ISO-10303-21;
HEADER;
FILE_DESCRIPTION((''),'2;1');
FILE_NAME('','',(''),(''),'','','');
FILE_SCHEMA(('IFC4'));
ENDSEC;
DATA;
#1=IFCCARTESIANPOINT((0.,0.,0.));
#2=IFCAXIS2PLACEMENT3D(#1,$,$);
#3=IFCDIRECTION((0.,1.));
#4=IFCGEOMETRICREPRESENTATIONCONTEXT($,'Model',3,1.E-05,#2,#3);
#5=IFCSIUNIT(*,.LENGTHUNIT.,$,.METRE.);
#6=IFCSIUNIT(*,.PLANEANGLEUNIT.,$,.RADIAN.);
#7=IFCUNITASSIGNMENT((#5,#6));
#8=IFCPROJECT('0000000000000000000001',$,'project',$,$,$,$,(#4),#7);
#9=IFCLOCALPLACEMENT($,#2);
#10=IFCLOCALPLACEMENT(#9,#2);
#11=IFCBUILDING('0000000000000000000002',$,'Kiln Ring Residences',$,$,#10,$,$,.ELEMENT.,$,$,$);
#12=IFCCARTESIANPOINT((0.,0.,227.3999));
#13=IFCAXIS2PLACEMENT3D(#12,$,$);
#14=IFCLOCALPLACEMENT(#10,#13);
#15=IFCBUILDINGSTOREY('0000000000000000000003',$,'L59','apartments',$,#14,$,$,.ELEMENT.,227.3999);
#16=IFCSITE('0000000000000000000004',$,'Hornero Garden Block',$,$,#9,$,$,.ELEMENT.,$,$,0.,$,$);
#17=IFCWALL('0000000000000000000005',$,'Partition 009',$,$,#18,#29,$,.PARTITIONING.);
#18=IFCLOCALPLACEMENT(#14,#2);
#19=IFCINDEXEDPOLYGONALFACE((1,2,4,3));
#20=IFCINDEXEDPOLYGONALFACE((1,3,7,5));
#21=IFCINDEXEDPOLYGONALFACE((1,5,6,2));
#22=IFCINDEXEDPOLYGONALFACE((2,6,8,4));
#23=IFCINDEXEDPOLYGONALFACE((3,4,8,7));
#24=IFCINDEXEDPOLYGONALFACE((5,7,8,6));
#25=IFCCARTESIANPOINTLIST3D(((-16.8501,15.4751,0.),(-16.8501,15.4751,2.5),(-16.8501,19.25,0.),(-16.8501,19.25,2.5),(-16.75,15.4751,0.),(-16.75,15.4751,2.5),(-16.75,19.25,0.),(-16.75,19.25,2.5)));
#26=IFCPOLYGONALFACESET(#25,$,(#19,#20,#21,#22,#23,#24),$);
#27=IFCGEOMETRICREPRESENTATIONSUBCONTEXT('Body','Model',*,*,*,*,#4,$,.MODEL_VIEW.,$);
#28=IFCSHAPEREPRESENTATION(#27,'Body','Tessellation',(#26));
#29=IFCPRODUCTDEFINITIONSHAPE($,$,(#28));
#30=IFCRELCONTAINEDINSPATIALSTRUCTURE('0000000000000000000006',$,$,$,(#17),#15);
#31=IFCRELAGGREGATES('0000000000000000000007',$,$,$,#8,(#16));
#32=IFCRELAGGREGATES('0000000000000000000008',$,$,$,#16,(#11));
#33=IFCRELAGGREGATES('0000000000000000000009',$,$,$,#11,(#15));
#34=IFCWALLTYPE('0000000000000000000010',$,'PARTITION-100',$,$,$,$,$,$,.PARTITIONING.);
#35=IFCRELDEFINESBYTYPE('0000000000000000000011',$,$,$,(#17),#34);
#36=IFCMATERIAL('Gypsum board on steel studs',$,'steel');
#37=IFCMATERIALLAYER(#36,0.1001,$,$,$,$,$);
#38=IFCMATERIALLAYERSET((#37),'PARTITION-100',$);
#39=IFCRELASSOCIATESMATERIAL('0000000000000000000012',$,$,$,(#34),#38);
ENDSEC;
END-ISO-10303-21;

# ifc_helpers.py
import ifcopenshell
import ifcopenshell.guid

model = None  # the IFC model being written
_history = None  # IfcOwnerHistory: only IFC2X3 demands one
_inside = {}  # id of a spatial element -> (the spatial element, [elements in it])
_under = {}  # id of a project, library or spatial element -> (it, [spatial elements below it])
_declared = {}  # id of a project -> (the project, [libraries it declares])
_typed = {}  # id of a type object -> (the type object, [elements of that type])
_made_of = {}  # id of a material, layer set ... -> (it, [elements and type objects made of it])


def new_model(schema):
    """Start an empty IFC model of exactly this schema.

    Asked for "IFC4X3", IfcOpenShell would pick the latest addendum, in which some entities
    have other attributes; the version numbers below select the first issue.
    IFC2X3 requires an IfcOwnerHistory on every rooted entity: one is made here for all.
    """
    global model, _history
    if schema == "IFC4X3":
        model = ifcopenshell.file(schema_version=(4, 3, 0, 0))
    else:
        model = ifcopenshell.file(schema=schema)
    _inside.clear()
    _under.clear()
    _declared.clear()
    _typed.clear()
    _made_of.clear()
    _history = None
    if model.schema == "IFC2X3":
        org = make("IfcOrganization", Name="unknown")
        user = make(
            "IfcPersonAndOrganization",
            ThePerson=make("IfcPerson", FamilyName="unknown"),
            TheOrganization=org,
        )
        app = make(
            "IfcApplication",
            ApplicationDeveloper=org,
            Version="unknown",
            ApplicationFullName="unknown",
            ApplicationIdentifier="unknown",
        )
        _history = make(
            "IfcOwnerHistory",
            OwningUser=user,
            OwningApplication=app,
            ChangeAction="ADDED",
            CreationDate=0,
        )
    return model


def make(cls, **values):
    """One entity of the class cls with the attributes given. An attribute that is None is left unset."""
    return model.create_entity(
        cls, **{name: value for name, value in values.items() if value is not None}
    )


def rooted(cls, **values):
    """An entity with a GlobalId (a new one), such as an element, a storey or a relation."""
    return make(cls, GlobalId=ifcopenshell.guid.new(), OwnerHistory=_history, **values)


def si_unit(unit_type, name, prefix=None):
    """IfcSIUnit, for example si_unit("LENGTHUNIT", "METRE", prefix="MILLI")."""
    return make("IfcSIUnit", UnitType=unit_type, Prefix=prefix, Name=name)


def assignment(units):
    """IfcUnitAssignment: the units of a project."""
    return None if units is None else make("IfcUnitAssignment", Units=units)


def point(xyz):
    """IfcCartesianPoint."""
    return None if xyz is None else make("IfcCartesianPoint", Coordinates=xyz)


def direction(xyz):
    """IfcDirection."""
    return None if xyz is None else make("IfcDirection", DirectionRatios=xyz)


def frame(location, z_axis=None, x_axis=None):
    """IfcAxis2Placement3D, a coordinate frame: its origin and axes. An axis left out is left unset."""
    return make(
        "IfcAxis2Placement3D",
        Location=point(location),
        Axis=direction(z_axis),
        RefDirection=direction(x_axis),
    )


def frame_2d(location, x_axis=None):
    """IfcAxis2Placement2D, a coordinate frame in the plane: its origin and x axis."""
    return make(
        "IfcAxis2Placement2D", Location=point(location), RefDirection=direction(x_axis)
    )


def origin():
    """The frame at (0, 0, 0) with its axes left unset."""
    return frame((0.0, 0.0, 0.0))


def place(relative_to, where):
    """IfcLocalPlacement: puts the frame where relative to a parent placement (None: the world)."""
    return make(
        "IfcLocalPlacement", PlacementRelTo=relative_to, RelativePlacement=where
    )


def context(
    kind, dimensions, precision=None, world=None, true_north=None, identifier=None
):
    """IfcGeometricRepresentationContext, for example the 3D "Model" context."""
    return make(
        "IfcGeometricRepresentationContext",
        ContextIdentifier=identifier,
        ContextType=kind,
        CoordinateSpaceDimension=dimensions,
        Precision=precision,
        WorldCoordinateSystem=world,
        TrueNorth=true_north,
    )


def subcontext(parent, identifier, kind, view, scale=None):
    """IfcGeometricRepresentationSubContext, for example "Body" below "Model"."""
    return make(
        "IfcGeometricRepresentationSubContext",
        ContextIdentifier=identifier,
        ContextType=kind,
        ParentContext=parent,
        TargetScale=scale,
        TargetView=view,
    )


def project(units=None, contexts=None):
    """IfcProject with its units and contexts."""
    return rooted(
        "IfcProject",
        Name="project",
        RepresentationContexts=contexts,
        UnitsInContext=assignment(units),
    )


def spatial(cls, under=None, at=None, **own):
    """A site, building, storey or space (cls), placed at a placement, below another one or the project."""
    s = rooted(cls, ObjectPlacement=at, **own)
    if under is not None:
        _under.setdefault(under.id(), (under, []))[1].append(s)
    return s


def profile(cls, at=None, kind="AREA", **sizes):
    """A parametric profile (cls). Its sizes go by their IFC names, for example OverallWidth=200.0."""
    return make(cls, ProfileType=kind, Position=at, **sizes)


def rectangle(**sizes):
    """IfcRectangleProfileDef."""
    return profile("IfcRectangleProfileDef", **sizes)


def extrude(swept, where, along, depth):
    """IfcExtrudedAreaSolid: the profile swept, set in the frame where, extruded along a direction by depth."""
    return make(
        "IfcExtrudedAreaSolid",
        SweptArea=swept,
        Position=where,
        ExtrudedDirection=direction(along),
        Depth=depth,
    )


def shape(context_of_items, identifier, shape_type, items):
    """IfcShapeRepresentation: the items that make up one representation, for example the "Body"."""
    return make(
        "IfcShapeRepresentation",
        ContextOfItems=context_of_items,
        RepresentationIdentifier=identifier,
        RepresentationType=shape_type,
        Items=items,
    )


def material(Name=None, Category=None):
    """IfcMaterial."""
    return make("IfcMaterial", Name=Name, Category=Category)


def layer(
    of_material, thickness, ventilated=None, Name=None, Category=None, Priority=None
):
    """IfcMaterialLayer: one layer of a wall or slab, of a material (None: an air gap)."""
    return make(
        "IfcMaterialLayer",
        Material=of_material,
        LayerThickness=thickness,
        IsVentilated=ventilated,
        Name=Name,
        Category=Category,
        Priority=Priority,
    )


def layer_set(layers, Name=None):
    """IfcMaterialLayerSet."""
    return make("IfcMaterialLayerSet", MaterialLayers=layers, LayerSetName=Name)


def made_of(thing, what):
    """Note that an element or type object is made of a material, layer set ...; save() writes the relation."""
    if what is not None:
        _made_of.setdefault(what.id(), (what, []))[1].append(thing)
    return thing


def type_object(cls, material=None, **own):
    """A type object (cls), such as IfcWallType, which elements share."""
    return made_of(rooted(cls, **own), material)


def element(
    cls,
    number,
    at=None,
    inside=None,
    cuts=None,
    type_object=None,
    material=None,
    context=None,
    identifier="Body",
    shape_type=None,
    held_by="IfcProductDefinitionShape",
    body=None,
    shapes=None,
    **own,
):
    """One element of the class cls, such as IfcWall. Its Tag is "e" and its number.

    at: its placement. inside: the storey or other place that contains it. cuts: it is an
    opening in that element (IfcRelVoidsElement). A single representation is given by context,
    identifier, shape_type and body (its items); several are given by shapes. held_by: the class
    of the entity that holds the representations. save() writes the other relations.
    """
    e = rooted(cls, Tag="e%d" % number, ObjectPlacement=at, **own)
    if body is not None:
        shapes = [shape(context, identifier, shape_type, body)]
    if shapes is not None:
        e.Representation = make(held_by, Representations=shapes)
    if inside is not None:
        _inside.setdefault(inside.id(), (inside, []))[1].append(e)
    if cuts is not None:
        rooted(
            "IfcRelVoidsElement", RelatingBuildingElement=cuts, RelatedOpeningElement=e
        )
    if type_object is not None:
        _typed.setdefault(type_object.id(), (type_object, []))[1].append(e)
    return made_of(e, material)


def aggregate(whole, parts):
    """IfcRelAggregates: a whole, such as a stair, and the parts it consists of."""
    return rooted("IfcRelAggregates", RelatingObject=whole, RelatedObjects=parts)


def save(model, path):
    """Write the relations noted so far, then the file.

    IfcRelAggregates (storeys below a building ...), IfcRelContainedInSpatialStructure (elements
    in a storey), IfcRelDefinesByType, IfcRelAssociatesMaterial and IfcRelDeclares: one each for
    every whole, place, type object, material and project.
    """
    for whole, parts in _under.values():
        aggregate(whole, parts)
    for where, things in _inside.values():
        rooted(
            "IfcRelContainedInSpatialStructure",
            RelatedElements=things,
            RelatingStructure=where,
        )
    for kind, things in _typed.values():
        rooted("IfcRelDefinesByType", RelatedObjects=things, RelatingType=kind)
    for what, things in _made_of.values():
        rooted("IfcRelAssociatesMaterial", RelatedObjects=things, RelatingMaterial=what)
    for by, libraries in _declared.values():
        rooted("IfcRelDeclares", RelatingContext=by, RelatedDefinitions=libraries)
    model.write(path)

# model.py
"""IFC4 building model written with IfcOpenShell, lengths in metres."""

from ifc_helpers import new_model, si_unit, direction, frame, frame_2d, origin, place, context, subcontext, project, spatial, rectangle, extrude, material, layer, layer_set, type_object, element, save


model = new_model("IFC4")

# Units and contexts
model_context = context("Model", 3, precision=1e-05, world=origin(), true_north=direction((0.0, 1.0)))
body_context = subcontext(model_context, "Body", "Model", "MODEL_VIEW")
ifc_project = project(units=[si_unit("LENGTHUNIT", "METRE"), si_unit("PLANEANGLEUNIT", "RADIAN")], contexts=[model_context])

# Site, building, storey
site_placement = place(None, origin())
site = spatial("IfcSite", under=ifc_project, at=site_placement, Name="Hornero Garden Block", CompositionType="ELEMENT", RefElevation=0.0)
building_placement = place(site_placement, origin())
building = spatial("IfcBuilding", under=site, at=building_placement, Name="Kiln Ring Residences", CompositionType="ELEMENT")
storey_placement = place(building_placement, frame((0.0, 0.0, 227.3999)))
storey = spatial("IfcBuildingStorey", under=building, at=storey_placement, Name="L59", Description="apartments", CompositionType="ELEMENT", Elevation=227.3999)

# Wall
ifc_material_1 = material(Name="Gypsum board on steel studs", Category="steel")
ifc_layer_1 = layer(ifc_material_1, 0.1001)
ifc_layer_set_1 = layer_set([ifc_layer_1], Name="PARTITION-100")
wall_type_1 = type_object("IfcWallType", Name="PARTITION-100", PredefinedType="PARTITIONING", material=ifc_layer_set_1)
wall_1_placement = place(storey_placement, frame((-16.8, 15.4751, 0.0), z_axis=(0.0, 0.0, 1.0), x_axis=(0.0, 1.0, 0.0)))
element("IfcWall", 1, at=wall_1_placement, inside=storey, type_object=wall_type_1, Name="Partition 009", PredefinedType="PARTITIONING", context=body_context, shape_type="SweptSolid", body=[
    extrude(rectangle(XDim=3.7749, YDim=0.1001, at=frame_2d((1.8875, 0.0))), origin(), (0.0, 0.0, 1.0), 2.5),
])

save(model, "model.ifc")
